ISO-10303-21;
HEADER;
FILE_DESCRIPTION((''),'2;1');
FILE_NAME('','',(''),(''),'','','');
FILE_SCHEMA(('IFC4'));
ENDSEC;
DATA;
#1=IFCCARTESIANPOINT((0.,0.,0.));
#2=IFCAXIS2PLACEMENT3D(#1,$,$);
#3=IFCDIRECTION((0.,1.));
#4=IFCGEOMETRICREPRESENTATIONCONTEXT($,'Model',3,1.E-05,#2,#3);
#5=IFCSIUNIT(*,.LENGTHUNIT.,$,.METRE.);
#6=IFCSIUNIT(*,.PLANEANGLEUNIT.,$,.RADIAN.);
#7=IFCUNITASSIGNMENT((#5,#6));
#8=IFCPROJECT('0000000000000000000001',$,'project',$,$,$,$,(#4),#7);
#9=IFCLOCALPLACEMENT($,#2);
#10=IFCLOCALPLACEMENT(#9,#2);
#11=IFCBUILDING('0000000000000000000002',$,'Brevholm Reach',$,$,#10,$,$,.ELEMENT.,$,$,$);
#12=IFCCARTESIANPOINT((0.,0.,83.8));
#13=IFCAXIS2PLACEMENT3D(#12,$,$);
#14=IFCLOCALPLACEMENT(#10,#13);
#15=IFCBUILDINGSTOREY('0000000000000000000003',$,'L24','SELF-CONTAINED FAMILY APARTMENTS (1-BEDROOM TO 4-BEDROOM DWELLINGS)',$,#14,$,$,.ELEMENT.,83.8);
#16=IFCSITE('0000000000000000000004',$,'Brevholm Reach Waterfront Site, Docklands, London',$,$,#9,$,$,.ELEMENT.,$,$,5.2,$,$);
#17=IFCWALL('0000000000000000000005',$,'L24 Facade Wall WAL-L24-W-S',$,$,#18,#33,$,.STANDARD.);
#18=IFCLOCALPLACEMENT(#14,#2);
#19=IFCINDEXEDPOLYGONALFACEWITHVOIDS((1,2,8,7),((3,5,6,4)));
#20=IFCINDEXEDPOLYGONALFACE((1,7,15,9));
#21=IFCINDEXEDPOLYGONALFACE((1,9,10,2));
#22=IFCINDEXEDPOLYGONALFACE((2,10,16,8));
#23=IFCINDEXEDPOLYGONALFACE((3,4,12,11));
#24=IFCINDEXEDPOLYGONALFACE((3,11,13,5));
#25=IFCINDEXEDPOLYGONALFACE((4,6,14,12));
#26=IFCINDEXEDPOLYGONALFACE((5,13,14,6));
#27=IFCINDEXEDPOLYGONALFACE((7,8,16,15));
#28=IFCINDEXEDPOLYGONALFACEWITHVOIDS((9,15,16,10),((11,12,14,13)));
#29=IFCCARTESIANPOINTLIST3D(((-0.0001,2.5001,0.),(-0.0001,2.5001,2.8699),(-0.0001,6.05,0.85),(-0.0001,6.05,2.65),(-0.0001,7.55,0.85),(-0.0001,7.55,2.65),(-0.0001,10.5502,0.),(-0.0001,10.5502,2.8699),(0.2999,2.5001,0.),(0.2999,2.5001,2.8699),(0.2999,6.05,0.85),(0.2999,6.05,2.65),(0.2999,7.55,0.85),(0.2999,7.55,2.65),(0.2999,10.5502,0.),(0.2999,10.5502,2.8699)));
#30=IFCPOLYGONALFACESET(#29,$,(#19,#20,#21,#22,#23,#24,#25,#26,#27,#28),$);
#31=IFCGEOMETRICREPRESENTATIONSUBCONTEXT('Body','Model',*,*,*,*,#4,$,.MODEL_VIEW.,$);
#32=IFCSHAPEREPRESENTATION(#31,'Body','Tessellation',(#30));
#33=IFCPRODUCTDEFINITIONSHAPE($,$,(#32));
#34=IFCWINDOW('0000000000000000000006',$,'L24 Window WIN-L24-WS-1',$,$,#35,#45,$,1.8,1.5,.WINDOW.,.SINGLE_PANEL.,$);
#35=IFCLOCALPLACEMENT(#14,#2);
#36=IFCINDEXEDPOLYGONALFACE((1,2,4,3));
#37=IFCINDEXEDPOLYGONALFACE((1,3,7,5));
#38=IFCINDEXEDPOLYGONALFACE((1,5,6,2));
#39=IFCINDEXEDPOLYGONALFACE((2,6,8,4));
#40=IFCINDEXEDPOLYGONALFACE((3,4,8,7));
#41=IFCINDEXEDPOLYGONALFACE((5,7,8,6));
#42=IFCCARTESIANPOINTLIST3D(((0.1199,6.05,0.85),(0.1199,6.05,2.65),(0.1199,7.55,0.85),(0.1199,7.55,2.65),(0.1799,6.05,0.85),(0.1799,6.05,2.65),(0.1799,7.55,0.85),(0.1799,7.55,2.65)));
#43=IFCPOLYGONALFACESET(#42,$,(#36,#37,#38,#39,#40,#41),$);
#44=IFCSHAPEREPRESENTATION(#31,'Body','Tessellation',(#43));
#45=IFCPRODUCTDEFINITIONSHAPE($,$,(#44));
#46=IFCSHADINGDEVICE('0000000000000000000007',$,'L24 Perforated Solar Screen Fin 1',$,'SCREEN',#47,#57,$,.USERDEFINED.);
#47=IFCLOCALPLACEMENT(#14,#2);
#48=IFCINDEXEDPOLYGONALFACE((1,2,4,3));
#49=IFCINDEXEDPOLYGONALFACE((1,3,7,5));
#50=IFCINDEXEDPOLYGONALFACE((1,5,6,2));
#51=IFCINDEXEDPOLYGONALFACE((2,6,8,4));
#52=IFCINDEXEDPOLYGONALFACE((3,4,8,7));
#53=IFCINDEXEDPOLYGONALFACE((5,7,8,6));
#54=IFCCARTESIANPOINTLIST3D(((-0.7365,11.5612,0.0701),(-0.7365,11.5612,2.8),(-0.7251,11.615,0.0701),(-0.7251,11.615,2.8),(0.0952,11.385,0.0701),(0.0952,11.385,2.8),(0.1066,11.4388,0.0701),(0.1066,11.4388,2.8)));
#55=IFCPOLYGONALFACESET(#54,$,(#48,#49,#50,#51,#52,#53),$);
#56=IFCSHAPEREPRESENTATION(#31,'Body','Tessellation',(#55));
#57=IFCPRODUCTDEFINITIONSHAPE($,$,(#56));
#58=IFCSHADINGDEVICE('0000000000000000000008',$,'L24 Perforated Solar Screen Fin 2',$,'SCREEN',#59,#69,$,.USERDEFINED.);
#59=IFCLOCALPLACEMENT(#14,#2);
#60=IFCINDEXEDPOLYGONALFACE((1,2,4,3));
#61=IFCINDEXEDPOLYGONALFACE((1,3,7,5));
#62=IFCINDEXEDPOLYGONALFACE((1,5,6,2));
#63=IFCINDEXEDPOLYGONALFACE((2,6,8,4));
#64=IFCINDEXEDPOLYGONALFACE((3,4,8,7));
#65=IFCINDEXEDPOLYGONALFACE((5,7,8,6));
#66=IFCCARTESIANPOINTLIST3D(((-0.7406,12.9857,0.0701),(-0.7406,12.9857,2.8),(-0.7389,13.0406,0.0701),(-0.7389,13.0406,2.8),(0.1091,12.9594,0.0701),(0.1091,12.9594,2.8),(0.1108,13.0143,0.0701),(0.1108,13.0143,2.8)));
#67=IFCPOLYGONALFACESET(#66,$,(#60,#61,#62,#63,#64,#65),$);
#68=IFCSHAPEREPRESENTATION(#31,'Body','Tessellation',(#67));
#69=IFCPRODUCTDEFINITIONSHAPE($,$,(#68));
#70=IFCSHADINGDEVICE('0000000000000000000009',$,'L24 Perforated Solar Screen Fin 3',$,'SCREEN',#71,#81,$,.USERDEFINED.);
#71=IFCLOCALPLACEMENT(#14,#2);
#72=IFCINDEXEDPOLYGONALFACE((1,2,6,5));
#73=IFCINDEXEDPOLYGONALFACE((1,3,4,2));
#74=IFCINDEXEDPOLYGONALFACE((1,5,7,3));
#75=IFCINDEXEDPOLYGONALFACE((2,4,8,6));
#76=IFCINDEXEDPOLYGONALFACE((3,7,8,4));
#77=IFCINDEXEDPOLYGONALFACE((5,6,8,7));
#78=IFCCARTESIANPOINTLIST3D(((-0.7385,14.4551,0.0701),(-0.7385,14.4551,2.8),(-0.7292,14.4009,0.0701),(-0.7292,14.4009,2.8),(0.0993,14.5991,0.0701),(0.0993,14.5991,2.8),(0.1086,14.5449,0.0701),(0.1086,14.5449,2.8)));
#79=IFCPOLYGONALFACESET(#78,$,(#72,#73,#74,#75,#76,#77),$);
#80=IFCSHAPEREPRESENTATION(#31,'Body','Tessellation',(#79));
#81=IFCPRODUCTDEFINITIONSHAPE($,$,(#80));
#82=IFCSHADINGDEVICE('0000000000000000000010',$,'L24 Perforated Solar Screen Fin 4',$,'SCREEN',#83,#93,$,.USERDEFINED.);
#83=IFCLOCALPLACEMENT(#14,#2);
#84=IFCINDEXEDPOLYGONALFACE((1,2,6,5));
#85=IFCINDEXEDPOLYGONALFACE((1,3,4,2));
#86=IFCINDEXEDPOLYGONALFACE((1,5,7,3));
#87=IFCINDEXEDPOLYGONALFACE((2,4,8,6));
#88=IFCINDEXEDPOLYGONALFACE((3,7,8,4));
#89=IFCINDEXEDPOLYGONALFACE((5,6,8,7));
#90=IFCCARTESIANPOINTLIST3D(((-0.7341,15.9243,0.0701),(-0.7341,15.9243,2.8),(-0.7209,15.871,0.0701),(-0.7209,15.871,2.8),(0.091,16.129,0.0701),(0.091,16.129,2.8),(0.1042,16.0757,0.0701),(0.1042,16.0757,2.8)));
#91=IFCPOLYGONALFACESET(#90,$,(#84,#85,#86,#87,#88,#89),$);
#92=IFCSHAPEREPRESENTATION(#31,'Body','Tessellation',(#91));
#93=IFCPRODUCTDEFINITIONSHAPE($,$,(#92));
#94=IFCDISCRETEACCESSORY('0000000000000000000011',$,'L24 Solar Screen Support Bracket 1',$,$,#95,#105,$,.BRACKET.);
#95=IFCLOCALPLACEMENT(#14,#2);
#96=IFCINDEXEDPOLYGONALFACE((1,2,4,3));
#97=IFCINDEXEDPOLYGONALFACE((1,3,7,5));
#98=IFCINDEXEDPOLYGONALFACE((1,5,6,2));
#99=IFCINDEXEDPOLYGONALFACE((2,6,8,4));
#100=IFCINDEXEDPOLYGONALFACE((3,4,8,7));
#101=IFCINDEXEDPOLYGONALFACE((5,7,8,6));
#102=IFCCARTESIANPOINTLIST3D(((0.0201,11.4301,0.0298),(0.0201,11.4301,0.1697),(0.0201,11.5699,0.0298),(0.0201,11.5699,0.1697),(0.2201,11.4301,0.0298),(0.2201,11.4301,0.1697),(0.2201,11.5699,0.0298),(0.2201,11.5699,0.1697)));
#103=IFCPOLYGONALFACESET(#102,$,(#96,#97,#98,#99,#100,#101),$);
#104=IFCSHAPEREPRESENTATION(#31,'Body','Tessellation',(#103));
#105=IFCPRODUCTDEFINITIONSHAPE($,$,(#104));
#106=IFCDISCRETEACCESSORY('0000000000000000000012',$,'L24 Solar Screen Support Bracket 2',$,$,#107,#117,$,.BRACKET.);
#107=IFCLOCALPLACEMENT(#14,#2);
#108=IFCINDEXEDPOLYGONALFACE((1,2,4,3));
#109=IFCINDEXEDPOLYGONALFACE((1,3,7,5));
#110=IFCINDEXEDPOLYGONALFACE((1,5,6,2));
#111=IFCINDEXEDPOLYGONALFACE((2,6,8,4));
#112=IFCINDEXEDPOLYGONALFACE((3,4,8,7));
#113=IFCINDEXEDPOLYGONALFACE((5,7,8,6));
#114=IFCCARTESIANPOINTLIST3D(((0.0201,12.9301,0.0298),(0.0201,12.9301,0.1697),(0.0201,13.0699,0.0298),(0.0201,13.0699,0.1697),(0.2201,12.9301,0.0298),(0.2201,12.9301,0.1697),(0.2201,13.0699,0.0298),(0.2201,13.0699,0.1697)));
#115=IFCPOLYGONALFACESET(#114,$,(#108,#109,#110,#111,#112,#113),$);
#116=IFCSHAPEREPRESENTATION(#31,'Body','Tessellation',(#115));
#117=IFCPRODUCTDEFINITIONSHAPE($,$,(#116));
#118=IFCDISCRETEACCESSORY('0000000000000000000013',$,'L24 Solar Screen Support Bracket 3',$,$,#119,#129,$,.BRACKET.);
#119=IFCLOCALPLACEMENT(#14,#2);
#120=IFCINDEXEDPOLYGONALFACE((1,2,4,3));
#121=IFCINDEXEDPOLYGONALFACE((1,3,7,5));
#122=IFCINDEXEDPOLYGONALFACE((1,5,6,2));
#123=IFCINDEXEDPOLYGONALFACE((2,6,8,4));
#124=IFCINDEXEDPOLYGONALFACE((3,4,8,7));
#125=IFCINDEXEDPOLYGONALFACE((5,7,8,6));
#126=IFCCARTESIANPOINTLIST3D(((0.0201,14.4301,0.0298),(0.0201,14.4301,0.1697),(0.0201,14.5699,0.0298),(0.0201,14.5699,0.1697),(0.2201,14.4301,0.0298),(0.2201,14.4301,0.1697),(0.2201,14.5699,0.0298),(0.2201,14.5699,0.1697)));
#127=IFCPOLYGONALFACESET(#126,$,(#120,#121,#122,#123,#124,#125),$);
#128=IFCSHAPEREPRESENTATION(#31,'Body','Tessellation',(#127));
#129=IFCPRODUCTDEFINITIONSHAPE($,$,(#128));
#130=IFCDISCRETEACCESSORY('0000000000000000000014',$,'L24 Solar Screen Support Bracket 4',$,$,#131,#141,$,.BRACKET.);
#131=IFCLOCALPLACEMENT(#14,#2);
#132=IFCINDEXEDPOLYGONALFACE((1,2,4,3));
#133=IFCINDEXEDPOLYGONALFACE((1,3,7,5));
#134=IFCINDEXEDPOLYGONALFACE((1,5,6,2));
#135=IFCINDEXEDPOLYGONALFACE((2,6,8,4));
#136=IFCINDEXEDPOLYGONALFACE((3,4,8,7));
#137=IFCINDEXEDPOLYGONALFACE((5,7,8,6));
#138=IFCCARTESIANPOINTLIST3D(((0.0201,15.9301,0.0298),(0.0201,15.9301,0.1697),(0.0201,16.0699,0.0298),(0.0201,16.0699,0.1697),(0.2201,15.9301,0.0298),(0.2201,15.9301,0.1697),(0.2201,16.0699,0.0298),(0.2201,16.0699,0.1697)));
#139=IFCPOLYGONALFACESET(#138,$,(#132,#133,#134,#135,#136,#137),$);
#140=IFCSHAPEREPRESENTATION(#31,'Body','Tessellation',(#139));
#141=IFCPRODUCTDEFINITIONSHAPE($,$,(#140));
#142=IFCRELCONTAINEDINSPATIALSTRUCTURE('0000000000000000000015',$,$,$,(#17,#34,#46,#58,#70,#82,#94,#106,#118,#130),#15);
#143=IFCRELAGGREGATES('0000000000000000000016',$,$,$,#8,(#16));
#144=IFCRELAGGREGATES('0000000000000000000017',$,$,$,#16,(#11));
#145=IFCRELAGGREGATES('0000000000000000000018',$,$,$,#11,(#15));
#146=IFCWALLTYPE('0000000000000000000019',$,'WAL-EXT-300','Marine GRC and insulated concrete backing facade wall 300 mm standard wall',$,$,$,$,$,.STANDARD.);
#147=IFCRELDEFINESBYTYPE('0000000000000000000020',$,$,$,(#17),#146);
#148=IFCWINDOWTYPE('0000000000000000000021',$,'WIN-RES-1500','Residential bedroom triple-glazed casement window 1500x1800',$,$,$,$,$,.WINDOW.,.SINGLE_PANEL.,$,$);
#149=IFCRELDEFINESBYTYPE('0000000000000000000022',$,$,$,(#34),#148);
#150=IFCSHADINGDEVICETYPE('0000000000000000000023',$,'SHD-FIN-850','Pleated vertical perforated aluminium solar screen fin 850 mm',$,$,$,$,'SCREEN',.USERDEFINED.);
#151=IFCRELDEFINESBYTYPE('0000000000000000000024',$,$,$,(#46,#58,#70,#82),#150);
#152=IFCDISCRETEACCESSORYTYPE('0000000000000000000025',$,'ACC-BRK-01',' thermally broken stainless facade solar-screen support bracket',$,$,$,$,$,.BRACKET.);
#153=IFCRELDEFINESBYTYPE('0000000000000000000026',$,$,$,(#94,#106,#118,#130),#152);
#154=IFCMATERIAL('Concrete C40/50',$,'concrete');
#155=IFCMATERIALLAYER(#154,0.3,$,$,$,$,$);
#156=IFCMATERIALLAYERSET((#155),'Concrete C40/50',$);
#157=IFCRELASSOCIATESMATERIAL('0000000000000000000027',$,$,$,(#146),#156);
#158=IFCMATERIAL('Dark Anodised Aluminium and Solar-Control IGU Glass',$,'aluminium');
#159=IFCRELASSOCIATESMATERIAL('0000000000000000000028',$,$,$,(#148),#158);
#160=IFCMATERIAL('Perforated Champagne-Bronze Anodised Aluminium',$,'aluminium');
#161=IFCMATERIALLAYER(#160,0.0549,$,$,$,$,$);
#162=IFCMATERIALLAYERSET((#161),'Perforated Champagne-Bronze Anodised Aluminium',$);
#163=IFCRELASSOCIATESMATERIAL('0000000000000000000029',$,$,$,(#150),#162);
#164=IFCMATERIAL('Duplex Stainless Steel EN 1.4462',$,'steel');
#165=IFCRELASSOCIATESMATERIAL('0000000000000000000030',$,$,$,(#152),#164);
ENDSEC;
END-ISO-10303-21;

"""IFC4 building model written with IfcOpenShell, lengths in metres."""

from ifc_helpers import new_model, si_unit, direction, frame, frame_2d, origin, origin_2d, place, context, subcontext, project, spatial, rectangle, extrude, material, layer, layer_set, type_object, element, fill, save


model = new_model("IFC4")

# Units and contexts
model_context = context("Model", 3, precision=1e-05, world=origin(), true_north=direction((0.0, 1.0)))
body_context = subcontext(model_context, "Body", "Model", "MODEL_VIEW")
ifc_project = project(units=[si_unit("LENGTHUNIT", "METRE"), si_unit("PLANEANGLEUNIT", "RADIAN")], contexts=[model_context])

# Site, building, storey
site_placement = place(None, origin())
site = spatial("IfcSite", under=ifc_project, at=site_placement, Name="Brevholm Reach Waterfront Site, Docklands, London", CompositionType="ELEMENT", RefElevation=5.2)
building_placement = place(site_placement, origin())
building = spatial("IfcBuilding", under=site, at=building_placement, Name="Brevholm Reach", CompositionType="ELEMENT")
storey_placement = place(building_placement, frame((0.0, 0.0, 83.8)))
storey = spatial("IfcBuildingStorey", under=building, at=storey_placement, Name="L24", Description="SELF-CONTAINED FAMILY APARTMENTS (1-BEDROOM TO 4-BEDROOM DWELLINGS)", CompositionType="ELEMENT", Elevation=83.8)

# Wall, opening, window
ifc_material_1 = material(Name="Concrete C40/50", Category="concrete")
ifc_layer_1 = layer(ifc_material_1, 0.3)
ifc_layer_set_1 = layer_set([ifc_layer_1], Name="Concrete C40/50")
wall_type = type_object("IfcWallType", Name="WAL-EXT-300", Description="Marine GRC and insulated concrete backing facade wall 300 mm standard wall", PredefinedType="STANDARD", material=ifc_layer_set_1)
wall_placement = place(storey_placement, frame((0.1499, 10.55, 0.0), z_axis=(0.0, 0.0, 1.0), x_axis=(0.0, -1.0, 0.0)))
wall = element("IfcWall", 1, at=wall_placement, inside=storey, type_object=wall_type, Name="L24 Facade Wall WAL-L24-W-S", PredefinedType="STANDARD", context=body_context, shape_type="SweptSolid", body=[
    extrude(rectangle(XDim=8.05, YDim=0.3, at=frame_2d((4.0249, 0.0))), origin(), (0.0, 0.0, 1.0), 2.8699),
])
opening_placement = place(wall_placement, frame((3.0, 0.0, 0.8501)))
opening = element("IfcOpeningElement", 2, at=opening_placement, cuts=wall, PredefinedType="OPENING", context=body_context, shape_type="SweptSolid", body=[
    extrude(rectangle(XDim=1.5, YDim=1.8, at=frame_2d((0.75, 0.8999))), frame((0.0, 0.1599, 0.0), z_axis=(0.0, -1.0, 0.0), x_axis=(1.0, 0.0, 0.0)), (0.0, 0.0, 1.0), 0.3201),
])
ifc_material_2 = material(Name="Dark Anodised Aluminium and Solar-Control IGU Glass", Category="aluminium")
window_type = type_object("IfcWindowType", Name="WIN-RES-1500", Description="Residential bedroom triple-glazed casement window 1500x1800", PartitioningType="SINGLE_PANEL", PredefinedType="WINDOW", material=ifc_material_2)
window_placement = place(opening_placement, origin())
window = element("IfcWindow", 3, at=window_placement, inside=storey, type_object=window_type, Name="L24 Window WIN-L24-WS-1", OverallHeight=1.8, OverallWidth=1.5, PartitioningType="SINGLE_PANEL", PredefinedType="WINDOW", context=body_context, shape_type="SweptSolid", body=[
    extrude(rectangle(XDim=1.5, YDim=1.8, at=frame_2d((0.75, 0.8999))), frame((0.0, 0.03, 0.0), z_axis=(0.0, -1.0, 0.0), x_axis=(1.0, 0.0, 0.0)), (0.0, 0.0, 1.0), 0.0601),
])
fill(opening, window)

# Shading devices
ifc_material_3 = material(Name="Perforated Champagne-Bronze Anodised Aluminium", Category="aluminium")
ifc_layer_2 = layer(ifc_material_3, 0.0549)
ifc_layer_set_2 = layer_set([ifc_layer_2], Name="Perforated Champagne-Bronze Anodised Aluminium")
shading_device_type = type_object("IfcShadingDeviceType", Name="SHD-FIN-850", Description="Pleated vertical perforated aluminium solar screen fin 850 mm", ElementType="SCREEN", PredefinedType="USERDEFINED", material=ifc_layer_set_2)
for number, where, z_axis, x_axis, name in (
    (4, (-0.3149, 11.5, 0.0701), (0.0, 0.0, 1.0), (-0.978278, 0.207297, 0.0), "L24 Perforated Solar Screen Fin 1"),
    (5, (-0.3149, 13.0, 0.0701), (0.0, 0.0, 1.0), (-0.99952, 0.030992, 0.0), "L24 Perforated Solar Screen Fin 2"),
    (6, (-0.3149, 14.5, 0.0701), (0.0, 0.0, 1.0), (-0.985556, -0.16935, 0.0), "L24 Perforated Solar Screen Fin 3"),
    (7, (-0.3149, 16.0, 0.0701), (0.0, 0.0, 1.0), (-0.970574, -0.240804, 0.0), "L24 Perforated Solar Screen Fin 4"),
):
    element("IfcShadingDevice", number, at=place(storey_placement, frame(where, z_axis=z_axis, x_axis=x_axis)), inside=storey, type_object=shading_device_type, Name=name, ObjectType="SCREEN", PredefinedType="USERDEFINED", context=body_context, shape_type="SweptSolid", body=[
        extrude(rectangle(XDim=0.8501, YDim=0.0549, at=origin_2d()), origin(), (0.0, 0.0, 1.0), 2.73),
    ])

# Discrete accessories
ifc_material_4 = material(Name="Duplex Stainless Steel EN 1.4462", Category="steel")
discrete_accessory_type = type_object("IfcDiscreteAccessoryType", Name="ACC-BRK-01", Description=" thermally broken stainless facade solar-screen support bracket", PredefinedType="BRACKET", material=ifc_material_4)
for number, where, z_axis, x_axis, name in (
    (8, (0.1201, 11.5, 0.0298), (0.0, 0.0, 1.0), (-1.0, 0.0, 0.0), "L24 Solar Screen Support Bracket 1"),
    (9, (0.1201, 13.0, 0.0298), (0.0, 0.0, 1.0), (-1.0, 0.0, 0.0), "L24 Solar Screen Support Bracket 2"),
    (10, (0.1201, 14.5, 0.0298), (0.0, 0.0, 1.0), (-1.0, 0.0, 0.0), "L24 Solar Screen Support Bracket 3"),
    (11, (0.1201, 16.0, 0.0298), (0.0, 0.0, 1.0), (-1.0, 0.0, 0.0), "L24 Solar Screen Support Bracket 4"),
):
    element("IfcDiscreteAccessory", number, at=place(storey_placement, frame(where, z_axis=z_axis, x_axis=x_axis)), inside=storey, type_object=discrete_accessory_type, Name=name, PredefinedType="BRACKET", context=body_context, shape_type="SweptSolid", body=[
        extrude(rectangle(XDim=0.2, YDim=0.1399, at=origin_2d()), origin(), (0.0, 0.0, 1.0), 0.1399),
    ])

save(model, "model.ifc")
